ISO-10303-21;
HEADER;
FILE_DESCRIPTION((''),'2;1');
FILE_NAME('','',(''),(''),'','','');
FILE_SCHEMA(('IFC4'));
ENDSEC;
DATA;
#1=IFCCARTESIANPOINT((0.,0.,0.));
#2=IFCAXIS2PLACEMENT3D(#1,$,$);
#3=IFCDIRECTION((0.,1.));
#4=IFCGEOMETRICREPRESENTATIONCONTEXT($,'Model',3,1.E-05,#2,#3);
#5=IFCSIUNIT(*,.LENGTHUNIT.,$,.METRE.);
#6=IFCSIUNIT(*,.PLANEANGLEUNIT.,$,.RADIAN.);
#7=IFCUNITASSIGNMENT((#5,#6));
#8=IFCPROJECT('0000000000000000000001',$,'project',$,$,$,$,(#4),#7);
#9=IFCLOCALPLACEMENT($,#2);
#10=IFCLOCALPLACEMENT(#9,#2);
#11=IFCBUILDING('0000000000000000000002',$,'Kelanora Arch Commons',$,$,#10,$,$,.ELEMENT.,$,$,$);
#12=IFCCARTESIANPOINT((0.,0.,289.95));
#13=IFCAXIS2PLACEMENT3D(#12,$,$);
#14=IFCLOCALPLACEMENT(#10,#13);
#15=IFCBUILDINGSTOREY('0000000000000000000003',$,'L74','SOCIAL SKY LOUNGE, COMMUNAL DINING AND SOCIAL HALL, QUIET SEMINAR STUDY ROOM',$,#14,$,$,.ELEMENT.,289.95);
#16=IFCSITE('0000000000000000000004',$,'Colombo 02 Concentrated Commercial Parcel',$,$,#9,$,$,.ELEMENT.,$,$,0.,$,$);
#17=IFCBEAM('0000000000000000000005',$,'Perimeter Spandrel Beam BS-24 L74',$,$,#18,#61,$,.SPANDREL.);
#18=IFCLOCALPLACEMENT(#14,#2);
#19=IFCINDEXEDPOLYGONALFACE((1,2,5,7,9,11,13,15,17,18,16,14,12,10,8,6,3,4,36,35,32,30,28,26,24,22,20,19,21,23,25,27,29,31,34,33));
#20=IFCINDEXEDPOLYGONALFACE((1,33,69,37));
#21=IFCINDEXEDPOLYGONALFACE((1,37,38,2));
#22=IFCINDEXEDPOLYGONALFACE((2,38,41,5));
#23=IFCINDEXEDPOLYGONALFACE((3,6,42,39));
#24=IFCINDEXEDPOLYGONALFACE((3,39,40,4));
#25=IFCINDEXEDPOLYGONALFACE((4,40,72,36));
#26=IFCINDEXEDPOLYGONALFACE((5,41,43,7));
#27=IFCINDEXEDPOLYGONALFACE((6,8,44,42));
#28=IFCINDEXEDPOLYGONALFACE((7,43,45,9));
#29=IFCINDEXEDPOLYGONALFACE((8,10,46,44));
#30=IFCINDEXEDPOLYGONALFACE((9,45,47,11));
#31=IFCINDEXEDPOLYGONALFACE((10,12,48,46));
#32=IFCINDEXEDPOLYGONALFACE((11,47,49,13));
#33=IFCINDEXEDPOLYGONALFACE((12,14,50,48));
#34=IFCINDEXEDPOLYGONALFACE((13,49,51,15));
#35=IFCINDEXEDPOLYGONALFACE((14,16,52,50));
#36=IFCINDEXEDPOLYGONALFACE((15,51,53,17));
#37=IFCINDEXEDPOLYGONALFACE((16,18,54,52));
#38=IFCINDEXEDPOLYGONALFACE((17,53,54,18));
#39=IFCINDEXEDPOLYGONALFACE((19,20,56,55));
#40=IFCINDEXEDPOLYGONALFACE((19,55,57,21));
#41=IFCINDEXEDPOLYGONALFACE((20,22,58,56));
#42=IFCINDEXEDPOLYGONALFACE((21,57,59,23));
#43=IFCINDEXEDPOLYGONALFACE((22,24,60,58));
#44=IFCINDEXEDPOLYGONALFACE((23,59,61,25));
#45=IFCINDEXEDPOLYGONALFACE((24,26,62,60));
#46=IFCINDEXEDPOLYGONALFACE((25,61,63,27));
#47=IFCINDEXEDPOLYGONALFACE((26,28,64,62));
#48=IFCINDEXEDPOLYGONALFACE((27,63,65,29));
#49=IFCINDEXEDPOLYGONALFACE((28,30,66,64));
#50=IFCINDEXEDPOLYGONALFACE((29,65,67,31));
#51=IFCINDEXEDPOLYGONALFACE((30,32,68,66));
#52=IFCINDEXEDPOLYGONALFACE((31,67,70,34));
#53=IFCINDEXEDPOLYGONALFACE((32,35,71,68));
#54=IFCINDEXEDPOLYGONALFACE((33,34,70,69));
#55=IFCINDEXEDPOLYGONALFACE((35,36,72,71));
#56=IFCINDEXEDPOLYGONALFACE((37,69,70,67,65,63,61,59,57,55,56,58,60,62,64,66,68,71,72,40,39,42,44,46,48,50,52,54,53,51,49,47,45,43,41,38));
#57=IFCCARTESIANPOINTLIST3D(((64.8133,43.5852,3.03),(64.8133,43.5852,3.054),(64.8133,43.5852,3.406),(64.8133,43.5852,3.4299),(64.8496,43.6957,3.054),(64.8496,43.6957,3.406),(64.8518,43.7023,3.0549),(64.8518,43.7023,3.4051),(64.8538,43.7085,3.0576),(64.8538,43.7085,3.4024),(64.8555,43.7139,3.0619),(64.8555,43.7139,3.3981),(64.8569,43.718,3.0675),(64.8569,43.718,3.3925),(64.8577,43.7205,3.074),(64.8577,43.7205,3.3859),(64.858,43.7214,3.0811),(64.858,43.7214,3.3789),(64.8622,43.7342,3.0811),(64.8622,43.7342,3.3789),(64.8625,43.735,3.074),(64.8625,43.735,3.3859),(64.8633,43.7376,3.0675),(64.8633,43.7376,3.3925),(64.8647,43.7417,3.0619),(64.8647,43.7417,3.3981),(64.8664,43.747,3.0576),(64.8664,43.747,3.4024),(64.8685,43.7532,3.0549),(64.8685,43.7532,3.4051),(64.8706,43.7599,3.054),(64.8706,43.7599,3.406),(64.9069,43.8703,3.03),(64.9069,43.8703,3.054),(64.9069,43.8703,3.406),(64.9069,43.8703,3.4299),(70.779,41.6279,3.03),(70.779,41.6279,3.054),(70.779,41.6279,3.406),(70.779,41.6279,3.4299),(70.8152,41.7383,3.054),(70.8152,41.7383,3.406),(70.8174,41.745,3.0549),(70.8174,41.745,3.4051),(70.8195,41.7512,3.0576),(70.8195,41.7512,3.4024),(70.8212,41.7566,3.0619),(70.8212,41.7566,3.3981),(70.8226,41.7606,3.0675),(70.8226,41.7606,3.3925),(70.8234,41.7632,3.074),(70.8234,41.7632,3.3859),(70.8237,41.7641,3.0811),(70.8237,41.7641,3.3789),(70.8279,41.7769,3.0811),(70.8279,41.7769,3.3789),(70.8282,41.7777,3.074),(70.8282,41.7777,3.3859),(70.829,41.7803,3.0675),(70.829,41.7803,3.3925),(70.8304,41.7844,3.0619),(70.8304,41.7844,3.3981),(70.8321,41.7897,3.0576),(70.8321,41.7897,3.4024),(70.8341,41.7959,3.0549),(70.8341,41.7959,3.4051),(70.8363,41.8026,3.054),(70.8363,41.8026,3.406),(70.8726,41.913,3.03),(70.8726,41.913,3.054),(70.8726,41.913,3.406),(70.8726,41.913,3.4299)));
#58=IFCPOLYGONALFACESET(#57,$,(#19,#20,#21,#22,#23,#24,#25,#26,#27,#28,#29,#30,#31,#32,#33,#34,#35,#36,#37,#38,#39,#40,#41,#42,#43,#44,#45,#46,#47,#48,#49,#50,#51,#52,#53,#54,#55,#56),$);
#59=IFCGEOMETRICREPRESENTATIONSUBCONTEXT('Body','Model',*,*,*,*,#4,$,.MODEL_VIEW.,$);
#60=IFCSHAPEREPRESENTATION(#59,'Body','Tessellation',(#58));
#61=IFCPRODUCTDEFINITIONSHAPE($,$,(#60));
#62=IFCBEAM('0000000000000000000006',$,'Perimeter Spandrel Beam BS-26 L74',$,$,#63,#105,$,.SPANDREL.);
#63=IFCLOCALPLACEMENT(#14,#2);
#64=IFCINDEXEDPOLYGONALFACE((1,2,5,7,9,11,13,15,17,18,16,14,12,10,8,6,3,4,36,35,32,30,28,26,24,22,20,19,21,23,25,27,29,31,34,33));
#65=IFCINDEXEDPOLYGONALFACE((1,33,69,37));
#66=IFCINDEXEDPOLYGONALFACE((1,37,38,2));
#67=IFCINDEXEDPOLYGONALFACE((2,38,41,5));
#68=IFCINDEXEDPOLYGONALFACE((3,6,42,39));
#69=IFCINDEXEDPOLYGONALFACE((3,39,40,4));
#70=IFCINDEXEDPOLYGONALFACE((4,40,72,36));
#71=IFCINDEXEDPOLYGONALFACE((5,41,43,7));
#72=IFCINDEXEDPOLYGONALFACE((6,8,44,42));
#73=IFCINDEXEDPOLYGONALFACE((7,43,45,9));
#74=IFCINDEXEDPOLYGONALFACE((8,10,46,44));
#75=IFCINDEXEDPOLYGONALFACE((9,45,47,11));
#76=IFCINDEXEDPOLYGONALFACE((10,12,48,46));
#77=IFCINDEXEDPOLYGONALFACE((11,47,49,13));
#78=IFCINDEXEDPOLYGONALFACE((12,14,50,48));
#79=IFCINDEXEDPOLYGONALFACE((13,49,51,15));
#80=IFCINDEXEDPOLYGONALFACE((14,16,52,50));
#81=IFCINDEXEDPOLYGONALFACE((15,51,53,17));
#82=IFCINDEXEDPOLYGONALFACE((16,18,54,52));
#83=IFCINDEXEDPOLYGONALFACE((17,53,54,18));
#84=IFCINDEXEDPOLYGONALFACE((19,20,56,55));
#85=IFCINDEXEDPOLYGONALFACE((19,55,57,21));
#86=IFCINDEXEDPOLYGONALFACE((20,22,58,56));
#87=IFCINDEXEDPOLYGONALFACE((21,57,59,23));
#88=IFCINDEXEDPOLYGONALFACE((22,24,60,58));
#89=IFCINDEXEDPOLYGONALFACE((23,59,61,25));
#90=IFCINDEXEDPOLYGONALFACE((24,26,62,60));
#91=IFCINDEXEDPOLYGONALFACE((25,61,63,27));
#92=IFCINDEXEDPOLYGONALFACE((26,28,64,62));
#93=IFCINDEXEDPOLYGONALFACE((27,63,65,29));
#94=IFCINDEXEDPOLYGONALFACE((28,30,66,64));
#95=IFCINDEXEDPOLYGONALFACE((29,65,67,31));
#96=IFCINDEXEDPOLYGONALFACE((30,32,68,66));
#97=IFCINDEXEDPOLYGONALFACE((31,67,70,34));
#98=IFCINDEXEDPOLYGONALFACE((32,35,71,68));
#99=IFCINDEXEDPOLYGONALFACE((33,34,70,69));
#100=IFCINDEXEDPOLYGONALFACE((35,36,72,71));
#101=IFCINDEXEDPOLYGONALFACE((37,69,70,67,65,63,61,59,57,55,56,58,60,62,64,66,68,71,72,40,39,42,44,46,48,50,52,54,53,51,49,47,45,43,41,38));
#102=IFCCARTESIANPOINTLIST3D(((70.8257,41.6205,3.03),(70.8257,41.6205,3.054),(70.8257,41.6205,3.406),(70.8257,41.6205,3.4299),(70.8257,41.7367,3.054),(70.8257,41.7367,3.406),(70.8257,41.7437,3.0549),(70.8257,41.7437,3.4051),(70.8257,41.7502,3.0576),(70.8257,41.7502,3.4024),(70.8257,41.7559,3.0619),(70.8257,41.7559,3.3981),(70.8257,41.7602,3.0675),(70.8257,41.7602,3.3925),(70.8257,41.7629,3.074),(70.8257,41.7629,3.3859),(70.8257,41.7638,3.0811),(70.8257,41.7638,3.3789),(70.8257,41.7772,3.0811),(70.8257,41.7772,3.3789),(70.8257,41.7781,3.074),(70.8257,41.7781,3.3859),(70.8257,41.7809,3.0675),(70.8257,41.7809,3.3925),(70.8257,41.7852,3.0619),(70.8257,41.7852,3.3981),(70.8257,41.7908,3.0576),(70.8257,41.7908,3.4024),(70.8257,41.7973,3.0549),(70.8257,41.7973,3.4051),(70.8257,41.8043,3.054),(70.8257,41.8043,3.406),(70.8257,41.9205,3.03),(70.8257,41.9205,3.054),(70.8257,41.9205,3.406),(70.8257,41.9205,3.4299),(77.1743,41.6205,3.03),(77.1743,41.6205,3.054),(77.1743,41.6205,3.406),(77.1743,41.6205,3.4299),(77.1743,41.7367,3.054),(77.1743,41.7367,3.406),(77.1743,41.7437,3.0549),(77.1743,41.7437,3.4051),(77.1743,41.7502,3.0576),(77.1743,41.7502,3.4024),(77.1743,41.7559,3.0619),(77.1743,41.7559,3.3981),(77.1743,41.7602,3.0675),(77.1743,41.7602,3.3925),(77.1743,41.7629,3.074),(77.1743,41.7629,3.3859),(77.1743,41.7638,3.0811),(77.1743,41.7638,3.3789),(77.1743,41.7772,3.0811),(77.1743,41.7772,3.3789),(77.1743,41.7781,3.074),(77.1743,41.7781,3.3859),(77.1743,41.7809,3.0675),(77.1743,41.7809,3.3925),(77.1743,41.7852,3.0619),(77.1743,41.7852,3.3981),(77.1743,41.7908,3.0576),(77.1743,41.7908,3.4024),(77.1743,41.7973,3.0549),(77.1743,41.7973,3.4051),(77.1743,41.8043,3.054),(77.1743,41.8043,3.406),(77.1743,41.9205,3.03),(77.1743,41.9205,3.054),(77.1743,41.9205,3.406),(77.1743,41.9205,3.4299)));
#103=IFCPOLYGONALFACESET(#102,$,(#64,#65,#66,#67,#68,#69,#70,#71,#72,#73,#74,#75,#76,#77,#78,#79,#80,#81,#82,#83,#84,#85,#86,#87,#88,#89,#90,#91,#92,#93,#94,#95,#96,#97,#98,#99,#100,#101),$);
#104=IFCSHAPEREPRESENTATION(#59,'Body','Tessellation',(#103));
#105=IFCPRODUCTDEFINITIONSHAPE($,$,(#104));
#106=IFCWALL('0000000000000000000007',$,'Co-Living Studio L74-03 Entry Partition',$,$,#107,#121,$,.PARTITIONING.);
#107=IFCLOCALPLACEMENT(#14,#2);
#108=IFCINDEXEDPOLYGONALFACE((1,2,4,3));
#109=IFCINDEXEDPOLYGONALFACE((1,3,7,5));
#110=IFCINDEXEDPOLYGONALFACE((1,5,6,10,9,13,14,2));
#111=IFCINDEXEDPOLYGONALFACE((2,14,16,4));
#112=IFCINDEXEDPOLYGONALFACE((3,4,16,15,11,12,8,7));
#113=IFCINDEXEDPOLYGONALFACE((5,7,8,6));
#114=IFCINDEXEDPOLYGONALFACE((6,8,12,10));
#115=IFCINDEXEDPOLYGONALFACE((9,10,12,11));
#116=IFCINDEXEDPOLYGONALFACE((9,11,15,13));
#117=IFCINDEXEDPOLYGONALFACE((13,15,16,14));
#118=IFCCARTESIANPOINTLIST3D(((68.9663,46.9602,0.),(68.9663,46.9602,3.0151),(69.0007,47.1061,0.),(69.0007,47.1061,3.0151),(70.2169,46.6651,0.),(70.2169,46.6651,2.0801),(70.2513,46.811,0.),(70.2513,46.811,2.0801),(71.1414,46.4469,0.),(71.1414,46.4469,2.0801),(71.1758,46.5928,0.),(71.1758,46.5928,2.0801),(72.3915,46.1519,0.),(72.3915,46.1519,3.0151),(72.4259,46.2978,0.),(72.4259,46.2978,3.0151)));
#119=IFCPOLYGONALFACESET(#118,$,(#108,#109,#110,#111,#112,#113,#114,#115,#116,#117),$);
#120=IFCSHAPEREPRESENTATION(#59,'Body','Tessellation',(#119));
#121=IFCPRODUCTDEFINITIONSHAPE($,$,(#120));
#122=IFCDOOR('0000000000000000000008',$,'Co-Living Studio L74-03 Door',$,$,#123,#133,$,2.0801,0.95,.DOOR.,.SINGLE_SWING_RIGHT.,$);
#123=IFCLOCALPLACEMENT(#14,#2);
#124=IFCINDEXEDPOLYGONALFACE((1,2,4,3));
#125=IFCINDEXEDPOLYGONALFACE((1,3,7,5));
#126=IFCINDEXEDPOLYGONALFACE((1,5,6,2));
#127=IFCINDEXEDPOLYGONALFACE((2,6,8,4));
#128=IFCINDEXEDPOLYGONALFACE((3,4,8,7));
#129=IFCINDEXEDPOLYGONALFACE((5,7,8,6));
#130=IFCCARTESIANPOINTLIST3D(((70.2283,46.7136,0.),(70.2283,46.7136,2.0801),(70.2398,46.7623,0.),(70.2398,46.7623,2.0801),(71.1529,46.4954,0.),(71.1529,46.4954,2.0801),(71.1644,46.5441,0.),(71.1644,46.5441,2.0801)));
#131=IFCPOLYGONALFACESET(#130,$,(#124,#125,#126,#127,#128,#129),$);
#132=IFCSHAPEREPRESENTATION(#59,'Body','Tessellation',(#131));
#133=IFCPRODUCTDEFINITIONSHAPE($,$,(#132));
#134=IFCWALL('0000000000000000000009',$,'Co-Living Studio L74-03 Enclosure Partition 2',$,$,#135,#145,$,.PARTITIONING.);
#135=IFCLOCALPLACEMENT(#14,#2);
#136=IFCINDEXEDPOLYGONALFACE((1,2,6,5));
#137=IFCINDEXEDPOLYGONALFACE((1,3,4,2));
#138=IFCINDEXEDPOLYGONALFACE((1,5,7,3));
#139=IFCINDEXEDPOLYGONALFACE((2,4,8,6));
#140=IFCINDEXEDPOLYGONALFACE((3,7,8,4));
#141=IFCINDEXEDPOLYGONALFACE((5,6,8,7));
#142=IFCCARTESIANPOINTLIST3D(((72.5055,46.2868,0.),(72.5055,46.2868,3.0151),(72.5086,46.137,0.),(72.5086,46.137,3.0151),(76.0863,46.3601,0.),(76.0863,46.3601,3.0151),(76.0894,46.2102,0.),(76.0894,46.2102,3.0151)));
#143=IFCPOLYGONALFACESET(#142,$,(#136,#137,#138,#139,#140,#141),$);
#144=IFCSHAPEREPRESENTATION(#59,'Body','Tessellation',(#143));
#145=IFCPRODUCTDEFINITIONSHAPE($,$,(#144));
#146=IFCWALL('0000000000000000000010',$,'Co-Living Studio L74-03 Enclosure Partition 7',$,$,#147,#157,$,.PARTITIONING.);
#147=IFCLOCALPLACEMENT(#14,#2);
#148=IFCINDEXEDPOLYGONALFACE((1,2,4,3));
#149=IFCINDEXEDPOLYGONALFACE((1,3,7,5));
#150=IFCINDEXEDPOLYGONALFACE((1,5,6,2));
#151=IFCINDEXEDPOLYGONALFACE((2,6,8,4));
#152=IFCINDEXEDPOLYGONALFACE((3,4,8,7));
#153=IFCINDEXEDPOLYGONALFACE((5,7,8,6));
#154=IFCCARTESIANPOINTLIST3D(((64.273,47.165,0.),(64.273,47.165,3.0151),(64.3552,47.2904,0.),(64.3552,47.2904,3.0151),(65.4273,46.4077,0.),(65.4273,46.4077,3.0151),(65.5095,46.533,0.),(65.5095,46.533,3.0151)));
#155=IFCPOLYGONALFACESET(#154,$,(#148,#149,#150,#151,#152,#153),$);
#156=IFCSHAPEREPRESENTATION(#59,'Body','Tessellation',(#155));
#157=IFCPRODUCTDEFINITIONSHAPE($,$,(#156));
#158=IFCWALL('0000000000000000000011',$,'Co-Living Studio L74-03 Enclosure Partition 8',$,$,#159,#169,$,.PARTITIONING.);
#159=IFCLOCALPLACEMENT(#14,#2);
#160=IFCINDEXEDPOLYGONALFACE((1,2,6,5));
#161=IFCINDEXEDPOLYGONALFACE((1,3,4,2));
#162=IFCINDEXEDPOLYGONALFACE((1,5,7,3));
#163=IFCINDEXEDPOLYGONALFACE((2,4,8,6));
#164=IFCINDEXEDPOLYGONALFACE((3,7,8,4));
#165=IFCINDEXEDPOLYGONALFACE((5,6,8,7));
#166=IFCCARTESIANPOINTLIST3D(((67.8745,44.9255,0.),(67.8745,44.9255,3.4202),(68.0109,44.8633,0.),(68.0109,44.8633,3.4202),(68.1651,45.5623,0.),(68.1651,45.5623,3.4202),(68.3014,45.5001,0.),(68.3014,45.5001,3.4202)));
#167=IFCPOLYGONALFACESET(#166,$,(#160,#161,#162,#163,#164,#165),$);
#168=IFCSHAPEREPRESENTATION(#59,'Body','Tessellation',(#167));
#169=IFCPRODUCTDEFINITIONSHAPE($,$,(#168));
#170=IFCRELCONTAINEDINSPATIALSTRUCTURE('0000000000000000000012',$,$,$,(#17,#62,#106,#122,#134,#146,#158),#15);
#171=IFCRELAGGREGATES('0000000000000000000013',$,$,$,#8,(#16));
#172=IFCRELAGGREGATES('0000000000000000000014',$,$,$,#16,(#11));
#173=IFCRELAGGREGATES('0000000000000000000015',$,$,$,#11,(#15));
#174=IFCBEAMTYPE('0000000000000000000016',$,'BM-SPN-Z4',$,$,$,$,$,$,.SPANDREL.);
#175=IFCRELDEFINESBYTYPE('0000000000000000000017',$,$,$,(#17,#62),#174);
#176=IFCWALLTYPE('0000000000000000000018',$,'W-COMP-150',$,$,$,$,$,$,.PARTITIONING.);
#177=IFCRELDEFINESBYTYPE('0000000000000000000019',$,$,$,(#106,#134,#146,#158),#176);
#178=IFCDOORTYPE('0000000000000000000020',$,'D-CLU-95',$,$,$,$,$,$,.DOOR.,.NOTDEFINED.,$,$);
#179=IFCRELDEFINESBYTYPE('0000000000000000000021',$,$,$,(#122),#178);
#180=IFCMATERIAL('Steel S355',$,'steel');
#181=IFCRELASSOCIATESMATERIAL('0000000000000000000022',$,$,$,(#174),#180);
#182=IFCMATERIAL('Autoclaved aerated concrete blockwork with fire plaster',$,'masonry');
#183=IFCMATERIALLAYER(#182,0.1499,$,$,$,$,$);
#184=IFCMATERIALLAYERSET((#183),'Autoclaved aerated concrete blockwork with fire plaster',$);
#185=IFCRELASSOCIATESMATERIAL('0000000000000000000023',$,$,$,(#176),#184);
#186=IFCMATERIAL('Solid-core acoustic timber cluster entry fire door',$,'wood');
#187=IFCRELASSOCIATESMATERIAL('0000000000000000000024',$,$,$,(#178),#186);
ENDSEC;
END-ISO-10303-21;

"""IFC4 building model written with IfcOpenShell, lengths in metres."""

from ifc_helpers import new_model, si_unit, direction, frame, frame_2d, origin, origin_2d, place, context, subcontext, project, spatial, rectangle, i_section, extrude, material, layer, layer_set, material_profile, profile_set, type_object, element, fill, save


model = new_model("IFC4")

# Units and contexts
model_context = context("Model", 3, precision=1e-05, world=origin(), true_north=direction((0.0, 1.0)))
body_context = subcontext(model_context, "Body", "Model", "MODEL_VIEW")
ifc_project = project(units=[si_unit("LENGTHUNIT", "METRE"), si_unit("PLANEANGLEUNIT", "RADIAN")], contexts=[model_context])

# Site, building, storey
site_placement = place(None, origin())
site = spatial("IfcSite", under=ifc_project, at=site_placement, Name="Colombo 02 Concentrated Commercial Parcel", CompositionType="ELEMENT", RefElevation=0.0)
building_placement = place(site_placement, origin())
building = spatial("IfcBuilding", under=site, at=building_placement, Name="Kelanora Arch Commons", CompositionType="ELEMENT")
storey_placement = place(building_placement, frame((0.0, 0.0, 289.95)))
storey = spatial("IfcBuildingStorey", under=building, at=storey_placement, Name="L74", Description="SOCIAL SKY LOUNGE, COMMUNAL DINING AND SOCIAL HALL, QUIET SEMINAR STUDY ROOM", CompositionType="ELEMENT", Elevation=289.95)

# Beams
ifc_material_1 = material(Name="Steel S355", Category="steel")
ifc_material_profile_1 = material_profile(ifc_material_1, i_section(OverallWidth=0.3, OverallDepth=0.3999, WebThickness=0.0134, FlangeThickness=0.0239, FilletRadius=0.0271, at=origin_2d()), Name="HEB400")
ifc_profile_set_1 = profile_set([ifc_material_profile_1], Name="Steel S355")
beam_type_1 = type_object("IfcBeamType", Name="BM-SPN-Z4", PredefinedType="SPANDREL", material=ifc_profile_set_1)
beam_1_placement = place(storey_placement, frame((64.8601, 43.7278, 3.23), z_axis=(0.950166, -0.311745, 0.0), x_axis=(0.311745, 0.950166, 0.0)))
element("IfcBeam", 1, at=beam_1_placement, inside=storey, type_object=beam_type_1, Name="Perimeter Spandrel Beam BS-24 L74", PredefinedType="SPANDREL", context=body_context, shape_type="SweptSolid", body=[
    extrude(i_section(OverallWidth=0.3, OverallDepth=0.3999, WebThickness=0.0134, FlangeThickness=0.0239, FilletRadius=0.0271, at=origin_2d()), origin(), (0.0, 0.0, 1.0), 6.2786),
])
beam_2_placement = place(storey_placement, frame((70.8257, 41.7705, 3.23), z_axis=(1.0, 0.0, 0.0), x_axis=(0.0, 1.0, 0.0)))
element("IfcBeam", 2, at=beam_2_placement, inside=storey, type_object=beam_type_1, Name="Perimeter Spandrel Beam BS-26 L74", PredefinedType="SPANDREL", context=body_context, shape_type="SweptSolid", body=[
    extrude(i_section(OverallWidth=0.3, OverallDepth=0.3999, WebThickness=0.0134, FlangeThickness=0.0239, FilletRadius=0.0271, at=origin_2d()), origin(), (0.0, 0.0, 1.0), 6.3486),
])

# Wall, opening, door
ifc_material_2 = material(Name="Autoclaved aerated concrete blockwork with fire plaster", Category="masonry")
ifc_layer_1 = layer(ifc_material_2, 0.1499)
ifc_layer_set_1 = layer_set([ifc_layer_1], Name="Autoclaved aerated concrete blockwork with fire plaster")
wall_type_1 = type_object("IfcWallType", Name="W-COMP-150", PredefinedType="PARTITIONING", material=ifc_layer_set_1)
wall_1_placement = place(storey_placement, frame((68.9834, 47.0332, 0.0), z_axis=(0.0, 0.0, 1.0), x_axis=(0.973265, -0.229685, 0.0)))
wall_1 = element("IfcWall", 3, at=wall_1_placement, inside=storey, type_object=wall_type_1, Name="Co-Living Studio L74-03 Entry Partition", PredefinedType="PARTITIONING", context=body_context, shape_type="SweptSolid", body=[
    extrude(rectangle(XDim=3.5193, YDim=0.1499, at=frame_2d((1.7598, 0.0))), origin(), (0.0, 0.0, 1.0), 3.0151),
])
opening_1_placement = place(wall_1_placement, frame((1.2849, 0.0, 0.0)))
opening_1 = element("IfcOpeningElement", 4, at=opening_1_placement, cuts=wall_1, PredefinedType="OPENING", context=body_context, shape_type="SweptSolid", body=[
    extrude(rectangle(XDim=0.95, YDim=2.0801, at=frame_2d((0.4751, 1.04))), frame((0.0, 0.085, 0.0), z_axis=(0.0, -1.0, 0.0), x_axis=(1.0, 0.0, 0.0)), (0.0, 0.0, 1.0), 0.1699),
])
ifc_material_3 = material(Name="Solid-core acoustic timber cluster entry fire door", Category="wood")
door_type_1 = type_object("IfcDoorType", Name="D-CLU-95", OperationType="NOTDEFINED", PredefinedType="DOOR", material=ifc_material_3)
door_1_placement = place(opening_1_placement, origin())
door_1 = element("IfcDoor", 5, at=door_1_placement, inside=storey, type_object=door_type_1, Name="Co-Living Studio L74-03 Door", OperationType="SINGLE_SWING_RIGHT", OverallHeight=2.0801, OverallWidth=0.95, PredefinedType="DOOR", context=body_context, shape_type="SweptSolid", body=[
    extrude(rectangle(XDim=0.95, YDim=2.0801, at=frame_2d((0.4751, 1.04))), frame((0.0, 0.0249, 0.0), z_axis=(0.0, -1.0, 0.0), x_axis=(1.0, 0.0, 0.0)), (0.0, 0.0, 1.0), 0.05),
])
fill(opening_1, door_1)

# Walls
wall_2_placement = place(storey_placement, frame((72.5071, 46.2119, 0.0), z_axis=(0.0, 0.0, 1.0), x_axis=(0.999791, 0.02045, 0.0)))
element("IfcWall", 6, at=wall_2_placement, inside=storey, type_object=wall_type_1, Name="Co-Living Studio L74-03 Enclosure Partition 2", PredefinedType="PARTITIONING", context=body_context, shape_type="SweptSolid", body=[
    extrude(rectangle(XDim=3.5815, YDim=0.1499, at=frame_2d((1.7908, 0.0))), origin(), (0.0, 0.0, 1.0), 3.0151),
])
wall_3_placement = place(storey_placement, frame((64.314, 47.2278, 0.0), z_axis=(0.0, 0.0, 1.0), x_axis=(0.836109, -0.548564, 0.0)))
element("IfcWall", 7, at=wall_3_placement, inside=storey, type_object=wall_type_1, Name="Co-Living Studio L74-03 Enclosure Partition 7", PredefinedType="PARTITIONING", context=body_context, shape_type="SweptSolid", body=[
    extrude(rectangle(XDim=1.3806, YDim=0.1499, at=frame_2d((0.6904, 0.0))), origin(), (0.0, 0.0, 1.0), 3.0151),
])
wall_4_placement = place(storey_placement, frame((67.9426, 44.8943, 0.0), z_axis=(0.0, 0.0, 1.0), x_axis=(0.415117, 0.909768, 0.0)))
element("IfcWall", 8, at=wall_4_placement, inside=storey, type_object=wall_type_1, Name="Co-Living Studio L74-03 Enclosure Partition 8", PredefinedType="PARTITIONING", context=body_context, shape_type="SweptSolid", body=[
    extrude(rectangle(XDim=0.7, YDim=0.1499, at=frame_2d((0.3501, 0.0))), origin(), (0.0, 0.0, 1.0), 3.4202),
])

save(model, "model.ifc")
